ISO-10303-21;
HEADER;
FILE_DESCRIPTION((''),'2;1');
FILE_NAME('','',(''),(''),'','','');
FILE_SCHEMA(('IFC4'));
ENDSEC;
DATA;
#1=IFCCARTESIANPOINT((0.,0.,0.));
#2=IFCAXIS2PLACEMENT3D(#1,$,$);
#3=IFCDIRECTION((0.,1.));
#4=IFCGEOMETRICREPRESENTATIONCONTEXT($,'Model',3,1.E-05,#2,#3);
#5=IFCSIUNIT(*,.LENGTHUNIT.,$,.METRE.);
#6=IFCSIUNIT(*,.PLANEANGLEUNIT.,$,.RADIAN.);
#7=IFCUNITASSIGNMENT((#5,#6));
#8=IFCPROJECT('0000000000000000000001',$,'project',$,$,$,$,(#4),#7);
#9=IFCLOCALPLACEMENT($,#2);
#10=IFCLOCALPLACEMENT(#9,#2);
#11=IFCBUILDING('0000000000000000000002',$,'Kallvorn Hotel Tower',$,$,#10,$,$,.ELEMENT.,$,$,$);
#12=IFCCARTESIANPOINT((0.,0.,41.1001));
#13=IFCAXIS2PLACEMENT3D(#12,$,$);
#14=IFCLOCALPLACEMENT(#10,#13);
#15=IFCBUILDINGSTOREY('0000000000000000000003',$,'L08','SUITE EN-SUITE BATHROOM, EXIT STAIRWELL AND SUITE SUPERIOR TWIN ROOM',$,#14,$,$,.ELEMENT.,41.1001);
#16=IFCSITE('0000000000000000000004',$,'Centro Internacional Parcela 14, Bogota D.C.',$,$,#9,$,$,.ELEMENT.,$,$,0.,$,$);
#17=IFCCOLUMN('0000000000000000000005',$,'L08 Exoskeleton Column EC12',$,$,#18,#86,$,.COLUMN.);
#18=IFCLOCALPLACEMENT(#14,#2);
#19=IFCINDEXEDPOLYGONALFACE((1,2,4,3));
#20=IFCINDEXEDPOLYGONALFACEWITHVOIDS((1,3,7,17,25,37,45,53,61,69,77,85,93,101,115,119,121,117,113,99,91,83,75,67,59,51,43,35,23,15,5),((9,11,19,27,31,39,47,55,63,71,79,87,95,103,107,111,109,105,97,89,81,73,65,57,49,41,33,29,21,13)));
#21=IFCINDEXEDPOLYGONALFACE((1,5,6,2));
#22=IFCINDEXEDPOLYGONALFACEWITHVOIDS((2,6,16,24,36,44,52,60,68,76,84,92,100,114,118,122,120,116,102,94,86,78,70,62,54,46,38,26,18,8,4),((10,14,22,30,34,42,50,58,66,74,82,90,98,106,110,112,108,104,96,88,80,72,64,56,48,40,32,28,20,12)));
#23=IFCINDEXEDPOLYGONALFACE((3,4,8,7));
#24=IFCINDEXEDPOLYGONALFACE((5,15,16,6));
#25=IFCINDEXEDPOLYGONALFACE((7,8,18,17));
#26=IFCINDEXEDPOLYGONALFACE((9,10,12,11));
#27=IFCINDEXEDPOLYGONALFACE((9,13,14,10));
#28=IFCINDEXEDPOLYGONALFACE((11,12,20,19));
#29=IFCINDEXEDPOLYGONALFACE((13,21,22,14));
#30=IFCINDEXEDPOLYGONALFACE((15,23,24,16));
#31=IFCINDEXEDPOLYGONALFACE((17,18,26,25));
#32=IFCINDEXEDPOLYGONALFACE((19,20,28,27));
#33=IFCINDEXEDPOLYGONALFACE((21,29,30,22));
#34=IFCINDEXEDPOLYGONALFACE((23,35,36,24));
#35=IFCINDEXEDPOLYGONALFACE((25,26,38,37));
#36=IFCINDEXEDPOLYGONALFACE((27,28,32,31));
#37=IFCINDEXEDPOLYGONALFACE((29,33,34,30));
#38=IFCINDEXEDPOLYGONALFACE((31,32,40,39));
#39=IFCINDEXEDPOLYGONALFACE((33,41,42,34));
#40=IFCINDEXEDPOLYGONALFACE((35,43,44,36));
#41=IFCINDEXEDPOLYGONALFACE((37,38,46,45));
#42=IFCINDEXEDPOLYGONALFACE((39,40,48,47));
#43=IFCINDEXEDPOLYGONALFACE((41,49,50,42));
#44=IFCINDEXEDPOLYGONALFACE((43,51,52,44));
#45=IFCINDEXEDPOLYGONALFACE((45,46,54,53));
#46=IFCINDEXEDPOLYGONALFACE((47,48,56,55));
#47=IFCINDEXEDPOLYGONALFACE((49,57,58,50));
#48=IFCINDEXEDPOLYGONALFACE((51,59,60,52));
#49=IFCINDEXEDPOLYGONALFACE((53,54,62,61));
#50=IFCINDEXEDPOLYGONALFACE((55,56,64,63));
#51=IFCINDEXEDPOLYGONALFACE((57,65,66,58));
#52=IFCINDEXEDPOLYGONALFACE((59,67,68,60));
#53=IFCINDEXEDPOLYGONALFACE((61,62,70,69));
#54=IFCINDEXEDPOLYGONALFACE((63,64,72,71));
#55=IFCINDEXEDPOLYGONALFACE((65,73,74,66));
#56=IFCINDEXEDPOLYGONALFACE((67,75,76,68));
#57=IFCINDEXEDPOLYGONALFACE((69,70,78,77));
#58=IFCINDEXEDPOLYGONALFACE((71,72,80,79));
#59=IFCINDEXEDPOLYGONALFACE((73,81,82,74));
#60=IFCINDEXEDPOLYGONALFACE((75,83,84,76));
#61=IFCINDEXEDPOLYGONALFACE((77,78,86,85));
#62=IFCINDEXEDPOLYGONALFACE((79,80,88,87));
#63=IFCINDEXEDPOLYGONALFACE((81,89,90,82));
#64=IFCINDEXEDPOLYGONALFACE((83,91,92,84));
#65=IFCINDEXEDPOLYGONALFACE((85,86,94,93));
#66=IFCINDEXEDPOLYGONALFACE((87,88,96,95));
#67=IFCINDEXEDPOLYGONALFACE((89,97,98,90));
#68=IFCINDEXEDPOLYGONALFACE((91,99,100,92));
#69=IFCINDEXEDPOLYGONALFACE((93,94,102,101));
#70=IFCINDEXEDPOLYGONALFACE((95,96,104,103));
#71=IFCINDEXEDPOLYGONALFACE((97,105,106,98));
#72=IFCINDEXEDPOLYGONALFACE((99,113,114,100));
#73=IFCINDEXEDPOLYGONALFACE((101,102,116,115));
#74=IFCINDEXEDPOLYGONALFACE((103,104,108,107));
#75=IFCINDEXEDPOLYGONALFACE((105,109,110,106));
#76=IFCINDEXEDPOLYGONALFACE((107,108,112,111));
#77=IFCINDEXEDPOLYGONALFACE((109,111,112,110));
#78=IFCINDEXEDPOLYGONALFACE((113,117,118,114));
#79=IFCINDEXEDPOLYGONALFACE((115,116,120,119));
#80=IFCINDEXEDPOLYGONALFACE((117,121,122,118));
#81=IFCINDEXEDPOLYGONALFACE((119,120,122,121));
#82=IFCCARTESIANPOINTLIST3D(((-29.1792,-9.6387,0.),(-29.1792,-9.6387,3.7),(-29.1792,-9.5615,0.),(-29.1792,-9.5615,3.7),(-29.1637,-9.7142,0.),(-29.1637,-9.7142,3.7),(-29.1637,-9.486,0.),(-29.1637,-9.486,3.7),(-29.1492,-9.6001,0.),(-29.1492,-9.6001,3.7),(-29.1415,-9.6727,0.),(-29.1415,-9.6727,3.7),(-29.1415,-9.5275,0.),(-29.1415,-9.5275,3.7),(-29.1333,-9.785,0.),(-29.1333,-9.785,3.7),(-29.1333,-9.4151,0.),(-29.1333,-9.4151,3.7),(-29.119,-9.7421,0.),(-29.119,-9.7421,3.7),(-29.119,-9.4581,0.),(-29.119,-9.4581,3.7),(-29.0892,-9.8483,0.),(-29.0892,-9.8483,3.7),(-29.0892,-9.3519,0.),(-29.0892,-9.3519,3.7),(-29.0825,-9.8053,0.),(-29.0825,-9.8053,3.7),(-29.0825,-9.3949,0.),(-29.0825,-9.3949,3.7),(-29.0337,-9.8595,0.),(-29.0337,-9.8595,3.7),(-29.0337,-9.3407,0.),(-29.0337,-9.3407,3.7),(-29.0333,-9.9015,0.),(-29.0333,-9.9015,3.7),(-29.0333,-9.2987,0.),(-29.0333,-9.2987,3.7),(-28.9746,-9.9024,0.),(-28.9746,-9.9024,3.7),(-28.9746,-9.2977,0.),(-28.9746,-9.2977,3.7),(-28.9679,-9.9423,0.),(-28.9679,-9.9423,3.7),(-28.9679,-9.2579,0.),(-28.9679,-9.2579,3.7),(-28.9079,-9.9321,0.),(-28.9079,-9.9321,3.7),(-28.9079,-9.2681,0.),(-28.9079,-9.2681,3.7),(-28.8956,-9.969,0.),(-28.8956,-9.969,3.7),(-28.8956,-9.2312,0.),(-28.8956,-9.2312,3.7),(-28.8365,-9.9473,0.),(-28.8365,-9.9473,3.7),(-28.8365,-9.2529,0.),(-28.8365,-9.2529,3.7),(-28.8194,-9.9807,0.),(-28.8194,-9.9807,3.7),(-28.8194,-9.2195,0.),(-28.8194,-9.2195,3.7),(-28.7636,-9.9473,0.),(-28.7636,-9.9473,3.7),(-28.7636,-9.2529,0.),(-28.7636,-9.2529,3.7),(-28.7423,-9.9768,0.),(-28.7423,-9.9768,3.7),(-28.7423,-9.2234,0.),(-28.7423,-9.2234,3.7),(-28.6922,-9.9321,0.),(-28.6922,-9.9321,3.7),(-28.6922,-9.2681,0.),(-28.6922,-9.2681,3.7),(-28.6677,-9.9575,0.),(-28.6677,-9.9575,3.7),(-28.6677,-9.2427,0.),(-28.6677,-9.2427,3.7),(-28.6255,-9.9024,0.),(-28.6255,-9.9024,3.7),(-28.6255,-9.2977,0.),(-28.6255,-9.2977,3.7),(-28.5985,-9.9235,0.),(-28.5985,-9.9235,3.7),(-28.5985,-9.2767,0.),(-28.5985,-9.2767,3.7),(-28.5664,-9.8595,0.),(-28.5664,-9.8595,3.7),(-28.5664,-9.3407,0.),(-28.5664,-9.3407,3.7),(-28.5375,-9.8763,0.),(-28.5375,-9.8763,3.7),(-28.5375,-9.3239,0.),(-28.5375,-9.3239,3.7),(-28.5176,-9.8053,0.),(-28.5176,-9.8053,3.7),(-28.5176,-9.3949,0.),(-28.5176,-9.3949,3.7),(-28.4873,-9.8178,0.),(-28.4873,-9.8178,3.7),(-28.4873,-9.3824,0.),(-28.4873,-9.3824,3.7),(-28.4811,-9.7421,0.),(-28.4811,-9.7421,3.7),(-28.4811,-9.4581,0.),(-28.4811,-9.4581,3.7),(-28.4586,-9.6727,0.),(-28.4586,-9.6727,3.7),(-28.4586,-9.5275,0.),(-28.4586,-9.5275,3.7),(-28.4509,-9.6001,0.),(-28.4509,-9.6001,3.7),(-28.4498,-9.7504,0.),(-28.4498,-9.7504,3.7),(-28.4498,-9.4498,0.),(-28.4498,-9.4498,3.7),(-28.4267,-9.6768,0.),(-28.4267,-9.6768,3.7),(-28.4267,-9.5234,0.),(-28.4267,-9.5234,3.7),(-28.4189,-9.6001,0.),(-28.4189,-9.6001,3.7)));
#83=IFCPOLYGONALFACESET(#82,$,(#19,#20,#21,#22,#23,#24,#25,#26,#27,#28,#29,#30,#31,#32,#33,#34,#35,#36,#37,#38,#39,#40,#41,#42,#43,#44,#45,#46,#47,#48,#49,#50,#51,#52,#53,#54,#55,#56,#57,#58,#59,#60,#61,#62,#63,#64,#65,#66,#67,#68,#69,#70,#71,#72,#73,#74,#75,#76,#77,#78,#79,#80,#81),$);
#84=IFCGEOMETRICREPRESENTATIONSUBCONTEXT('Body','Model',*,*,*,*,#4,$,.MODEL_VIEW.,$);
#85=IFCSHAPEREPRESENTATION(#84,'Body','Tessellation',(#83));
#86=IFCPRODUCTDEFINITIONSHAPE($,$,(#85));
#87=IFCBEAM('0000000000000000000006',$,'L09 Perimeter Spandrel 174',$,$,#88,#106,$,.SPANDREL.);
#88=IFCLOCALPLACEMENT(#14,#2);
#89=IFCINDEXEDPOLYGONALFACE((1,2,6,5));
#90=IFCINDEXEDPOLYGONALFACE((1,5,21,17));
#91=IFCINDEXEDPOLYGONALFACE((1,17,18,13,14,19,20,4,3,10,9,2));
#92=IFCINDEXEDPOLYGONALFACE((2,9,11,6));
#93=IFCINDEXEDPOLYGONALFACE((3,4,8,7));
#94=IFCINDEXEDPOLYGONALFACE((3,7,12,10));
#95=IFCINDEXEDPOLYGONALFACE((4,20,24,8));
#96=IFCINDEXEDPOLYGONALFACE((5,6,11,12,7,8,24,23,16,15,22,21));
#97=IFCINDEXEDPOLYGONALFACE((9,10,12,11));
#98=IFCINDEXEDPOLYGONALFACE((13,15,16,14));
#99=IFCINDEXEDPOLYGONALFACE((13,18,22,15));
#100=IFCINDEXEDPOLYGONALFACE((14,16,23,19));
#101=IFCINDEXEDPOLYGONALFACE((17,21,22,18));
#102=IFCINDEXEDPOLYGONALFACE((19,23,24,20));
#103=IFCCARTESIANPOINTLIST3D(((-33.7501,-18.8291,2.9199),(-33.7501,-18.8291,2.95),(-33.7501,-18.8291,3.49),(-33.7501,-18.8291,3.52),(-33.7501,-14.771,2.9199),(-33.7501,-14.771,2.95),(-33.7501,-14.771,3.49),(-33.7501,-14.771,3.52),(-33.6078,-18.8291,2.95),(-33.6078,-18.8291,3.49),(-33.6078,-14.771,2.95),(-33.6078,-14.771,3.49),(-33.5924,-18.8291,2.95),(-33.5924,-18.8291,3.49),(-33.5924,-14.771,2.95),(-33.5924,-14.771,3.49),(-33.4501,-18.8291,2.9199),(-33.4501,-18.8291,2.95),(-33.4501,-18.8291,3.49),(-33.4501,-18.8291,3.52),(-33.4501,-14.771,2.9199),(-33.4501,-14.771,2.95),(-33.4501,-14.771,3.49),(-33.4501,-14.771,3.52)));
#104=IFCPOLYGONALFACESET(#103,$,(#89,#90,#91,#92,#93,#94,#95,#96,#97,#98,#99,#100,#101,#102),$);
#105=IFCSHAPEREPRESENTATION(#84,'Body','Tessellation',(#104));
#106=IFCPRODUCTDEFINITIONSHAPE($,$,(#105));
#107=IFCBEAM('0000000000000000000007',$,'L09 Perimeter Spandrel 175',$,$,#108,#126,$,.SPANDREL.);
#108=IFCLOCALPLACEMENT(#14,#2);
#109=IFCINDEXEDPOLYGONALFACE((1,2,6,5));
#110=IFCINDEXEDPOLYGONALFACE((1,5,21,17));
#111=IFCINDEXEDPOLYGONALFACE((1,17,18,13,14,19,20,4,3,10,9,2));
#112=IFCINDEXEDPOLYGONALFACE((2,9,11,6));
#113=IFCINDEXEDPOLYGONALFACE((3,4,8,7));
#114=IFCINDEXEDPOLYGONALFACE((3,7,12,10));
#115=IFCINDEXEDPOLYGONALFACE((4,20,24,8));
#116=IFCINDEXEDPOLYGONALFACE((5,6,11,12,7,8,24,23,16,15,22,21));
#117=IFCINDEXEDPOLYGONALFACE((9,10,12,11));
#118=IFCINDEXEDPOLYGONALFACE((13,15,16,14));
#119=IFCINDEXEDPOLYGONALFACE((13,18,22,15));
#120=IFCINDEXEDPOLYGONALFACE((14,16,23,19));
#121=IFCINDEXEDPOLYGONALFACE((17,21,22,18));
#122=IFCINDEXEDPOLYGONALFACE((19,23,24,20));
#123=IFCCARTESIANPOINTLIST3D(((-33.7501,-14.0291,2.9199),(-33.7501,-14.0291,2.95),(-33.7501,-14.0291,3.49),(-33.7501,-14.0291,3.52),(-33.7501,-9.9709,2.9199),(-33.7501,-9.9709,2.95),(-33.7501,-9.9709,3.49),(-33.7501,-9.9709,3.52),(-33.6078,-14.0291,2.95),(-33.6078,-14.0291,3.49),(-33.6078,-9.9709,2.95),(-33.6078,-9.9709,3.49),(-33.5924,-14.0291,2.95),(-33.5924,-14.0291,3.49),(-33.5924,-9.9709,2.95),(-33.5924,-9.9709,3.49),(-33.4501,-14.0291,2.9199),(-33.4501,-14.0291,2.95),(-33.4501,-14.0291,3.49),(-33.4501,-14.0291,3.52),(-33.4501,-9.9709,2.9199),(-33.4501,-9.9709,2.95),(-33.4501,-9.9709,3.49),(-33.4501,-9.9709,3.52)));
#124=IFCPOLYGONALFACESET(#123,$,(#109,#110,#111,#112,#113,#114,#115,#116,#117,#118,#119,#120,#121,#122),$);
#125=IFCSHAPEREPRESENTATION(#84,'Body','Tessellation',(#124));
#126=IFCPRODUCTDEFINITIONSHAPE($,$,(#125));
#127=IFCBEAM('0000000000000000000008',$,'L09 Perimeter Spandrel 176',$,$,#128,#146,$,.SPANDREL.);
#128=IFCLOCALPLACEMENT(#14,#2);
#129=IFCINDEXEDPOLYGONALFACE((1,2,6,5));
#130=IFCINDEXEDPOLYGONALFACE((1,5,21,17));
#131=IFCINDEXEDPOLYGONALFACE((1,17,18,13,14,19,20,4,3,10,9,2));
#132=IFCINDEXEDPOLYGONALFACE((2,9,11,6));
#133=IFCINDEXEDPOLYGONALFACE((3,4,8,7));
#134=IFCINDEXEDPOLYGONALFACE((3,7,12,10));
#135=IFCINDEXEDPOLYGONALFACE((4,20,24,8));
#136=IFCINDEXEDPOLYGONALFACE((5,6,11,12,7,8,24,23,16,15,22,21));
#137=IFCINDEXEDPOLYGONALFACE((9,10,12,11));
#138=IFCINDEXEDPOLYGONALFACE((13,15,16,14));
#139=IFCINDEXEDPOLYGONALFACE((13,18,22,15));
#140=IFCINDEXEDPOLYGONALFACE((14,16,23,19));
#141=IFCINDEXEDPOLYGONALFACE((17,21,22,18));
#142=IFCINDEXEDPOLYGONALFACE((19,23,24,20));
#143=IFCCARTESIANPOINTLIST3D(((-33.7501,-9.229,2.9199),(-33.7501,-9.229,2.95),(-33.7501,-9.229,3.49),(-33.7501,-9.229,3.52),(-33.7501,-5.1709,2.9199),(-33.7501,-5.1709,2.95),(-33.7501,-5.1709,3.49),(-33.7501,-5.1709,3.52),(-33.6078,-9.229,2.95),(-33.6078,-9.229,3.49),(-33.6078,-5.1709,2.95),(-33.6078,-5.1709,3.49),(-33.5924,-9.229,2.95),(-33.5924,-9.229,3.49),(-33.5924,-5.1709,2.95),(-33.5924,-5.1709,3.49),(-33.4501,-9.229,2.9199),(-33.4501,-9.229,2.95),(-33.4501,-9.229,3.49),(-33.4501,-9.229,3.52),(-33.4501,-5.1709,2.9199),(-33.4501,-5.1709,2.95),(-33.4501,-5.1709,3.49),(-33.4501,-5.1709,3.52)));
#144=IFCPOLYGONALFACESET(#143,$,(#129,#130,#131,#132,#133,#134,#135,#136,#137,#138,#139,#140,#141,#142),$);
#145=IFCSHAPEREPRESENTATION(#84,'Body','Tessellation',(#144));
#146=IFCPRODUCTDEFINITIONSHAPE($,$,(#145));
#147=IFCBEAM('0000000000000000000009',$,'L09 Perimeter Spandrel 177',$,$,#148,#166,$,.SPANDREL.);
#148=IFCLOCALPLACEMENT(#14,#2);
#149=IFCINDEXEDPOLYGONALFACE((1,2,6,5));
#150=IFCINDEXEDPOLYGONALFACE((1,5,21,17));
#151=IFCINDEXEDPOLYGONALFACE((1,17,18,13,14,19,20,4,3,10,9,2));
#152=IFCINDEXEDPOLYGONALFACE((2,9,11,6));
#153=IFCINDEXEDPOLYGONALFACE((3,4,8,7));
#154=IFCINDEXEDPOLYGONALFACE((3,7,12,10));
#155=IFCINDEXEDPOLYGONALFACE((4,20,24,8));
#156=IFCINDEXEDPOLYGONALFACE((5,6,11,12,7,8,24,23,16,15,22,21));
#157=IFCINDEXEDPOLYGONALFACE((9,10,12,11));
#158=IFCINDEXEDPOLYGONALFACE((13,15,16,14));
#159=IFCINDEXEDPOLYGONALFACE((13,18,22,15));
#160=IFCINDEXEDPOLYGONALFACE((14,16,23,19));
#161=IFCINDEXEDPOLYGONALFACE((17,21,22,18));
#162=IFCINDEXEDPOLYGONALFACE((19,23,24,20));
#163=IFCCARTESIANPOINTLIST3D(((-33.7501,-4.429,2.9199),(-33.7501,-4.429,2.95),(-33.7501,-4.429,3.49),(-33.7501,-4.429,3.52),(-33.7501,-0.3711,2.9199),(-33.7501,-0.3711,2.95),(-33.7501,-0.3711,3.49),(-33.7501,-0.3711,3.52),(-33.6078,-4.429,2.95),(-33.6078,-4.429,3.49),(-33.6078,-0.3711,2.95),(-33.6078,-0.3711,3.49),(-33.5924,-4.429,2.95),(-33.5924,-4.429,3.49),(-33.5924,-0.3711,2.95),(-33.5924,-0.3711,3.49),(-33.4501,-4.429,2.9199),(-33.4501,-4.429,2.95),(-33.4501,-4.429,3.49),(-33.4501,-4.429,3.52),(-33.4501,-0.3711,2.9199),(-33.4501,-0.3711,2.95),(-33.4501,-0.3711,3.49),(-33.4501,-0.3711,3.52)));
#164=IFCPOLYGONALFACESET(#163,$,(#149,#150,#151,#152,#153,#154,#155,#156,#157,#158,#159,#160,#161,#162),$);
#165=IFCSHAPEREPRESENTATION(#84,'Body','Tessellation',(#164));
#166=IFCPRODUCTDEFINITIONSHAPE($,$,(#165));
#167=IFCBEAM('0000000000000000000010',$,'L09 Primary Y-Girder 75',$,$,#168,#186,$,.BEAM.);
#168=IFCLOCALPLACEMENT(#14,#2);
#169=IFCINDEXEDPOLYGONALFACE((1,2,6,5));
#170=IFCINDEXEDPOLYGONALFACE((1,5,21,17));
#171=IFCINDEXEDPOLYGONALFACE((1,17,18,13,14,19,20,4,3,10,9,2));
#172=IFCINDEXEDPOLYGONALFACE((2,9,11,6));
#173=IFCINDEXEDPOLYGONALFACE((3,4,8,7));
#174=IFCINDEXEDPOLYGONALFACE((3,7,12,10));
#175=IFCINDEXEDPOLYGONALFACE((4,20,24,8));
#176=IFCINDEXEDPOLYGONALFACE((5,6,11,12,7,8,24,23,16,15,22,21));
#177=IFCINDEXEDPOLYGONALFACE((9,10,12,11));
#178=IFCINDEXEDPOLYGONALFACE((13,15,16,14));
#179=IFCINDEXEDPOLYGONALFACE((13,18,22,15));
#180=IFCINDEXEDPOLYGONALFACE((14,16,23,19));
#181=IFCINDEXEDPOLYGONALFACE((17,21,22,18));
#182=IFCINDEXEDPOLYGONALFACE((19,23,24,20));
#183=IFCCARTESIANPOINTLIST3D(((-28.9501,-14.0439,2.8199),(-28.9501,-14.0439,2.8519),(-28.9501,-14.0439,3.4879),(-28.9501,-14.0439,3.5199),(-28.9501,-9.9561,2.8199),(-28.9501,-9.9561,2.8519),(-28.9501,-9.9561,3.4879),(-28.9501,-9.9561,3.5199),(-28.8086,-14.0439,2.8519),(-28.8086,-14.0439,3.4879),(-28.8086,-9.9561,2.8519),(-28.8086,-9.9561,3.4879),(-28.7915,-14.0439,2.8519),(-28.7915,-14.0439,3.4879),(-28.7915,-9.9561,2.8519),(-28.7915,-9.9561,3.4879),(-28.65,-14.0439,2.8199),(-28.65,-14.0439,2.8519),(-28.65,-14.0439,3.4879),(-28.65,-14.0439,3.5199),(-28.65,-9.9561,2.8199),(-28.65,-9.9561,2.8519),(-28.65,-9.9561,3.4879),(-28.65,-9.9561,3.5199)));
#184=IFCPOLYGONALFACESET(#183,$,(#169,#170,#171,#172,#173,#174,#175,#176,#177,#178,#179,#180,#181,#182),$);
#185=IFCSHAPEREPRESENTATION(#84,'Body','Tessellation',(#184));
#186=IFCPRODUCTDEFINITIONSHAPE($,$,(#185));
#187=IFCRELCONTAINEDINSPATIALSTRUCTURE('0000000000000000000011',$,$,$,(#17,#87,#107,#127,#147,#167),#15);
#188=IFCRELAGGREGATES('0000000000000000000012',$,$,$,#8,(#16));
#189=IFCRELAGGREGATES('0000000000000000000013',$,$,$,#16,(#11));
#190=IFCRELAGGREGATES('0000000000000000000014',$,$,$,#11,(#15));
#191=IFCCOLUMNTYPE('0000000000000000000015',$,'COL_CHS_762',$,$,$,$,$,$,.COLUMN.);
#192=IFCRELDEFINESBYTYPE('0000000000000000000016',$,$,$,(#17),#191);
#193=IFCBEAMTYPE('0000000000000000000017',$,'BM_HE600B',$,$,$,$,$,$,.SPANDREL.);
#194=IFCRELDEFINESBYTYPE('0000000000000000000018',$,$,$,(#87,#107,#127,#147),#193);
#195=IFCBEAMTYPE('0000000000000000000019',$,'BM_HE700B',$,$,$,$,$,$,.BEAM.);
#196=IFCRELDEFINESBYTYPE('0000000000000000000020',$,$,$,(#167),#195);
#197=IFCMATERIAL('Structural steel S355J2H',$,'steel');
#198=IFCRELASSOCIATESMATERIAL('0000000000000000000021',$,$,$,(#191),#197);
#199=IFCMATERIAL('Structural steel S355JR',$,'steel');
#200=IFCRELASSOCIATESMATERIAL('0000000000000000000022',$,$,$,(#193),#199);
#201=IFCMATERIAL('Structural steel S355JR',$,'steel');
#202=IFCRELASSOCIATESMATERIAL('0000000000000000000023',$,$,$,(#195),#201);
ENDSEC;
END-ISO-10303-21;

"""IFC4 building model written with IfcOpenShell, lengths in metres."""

from ifc_helpers import new_model, si_unit, direction, frame, origin, origin_2d, place, context, subcontext, project, spatial, hollow_circle, i_section, extrude, material, material_profile, profile_set, type_object, element, save


model = new_model("IFC4")

# Units and contexts
model_context = context("Model", 3, precision=1e-05, world=origin(), true_north=direction((0.0, 1.0)))
body_context = subcontext(model_context, "Body", "Model", "MODEL_VIEW")
ifc_project = project(units=[si_unit("LENGTHUNIT", "METRE"), si_unit("PLANEANGLEUNIT", "RADIAN")], contexts=[model_context])

# Site, building, storey
site_placement = place(None, origin())
site = spatial("IfcSite", under=ifc_project, at=site_placement, Name="Centro Internacional Parcela 14, Bogota D.C.", CompositionType="ELEMENT", RefElevation=0.0)
building_placement = place(site_placement, origin())
building = spatial("IfcBuilding", under=site, at=building_placement, Name="Kallvorn Hotel Tower", CompositionType="ELEMENT")
storey_placement = place(building_placement, frame((0.0, 0.0, 41.1001)))
storey = spatial("IfcBuildingStorey", under=building, at=storey_placement, Name="L08", Description="SUITE EN-SUITE BATHROOM, EXIT STAIRWELL AND SUITE SUPERIOR TWIN ROOM", CompositionType="ELEMENT", Elevation=41.1001)

# Column
ifc_material_1 = material(Name="Structural steel S355J2H", Category="steel")
ifc_material_profile_1 = material_profile(ifc_material_1, hollow_circle(Radius=0.3811, WallThickness=0.032, at=origin_2d()), Name="CHS 762x32")
ifc_profile_set_1 = profile_set([ifc_material_profile_1], Name="Structural steel S355J2H")
column_type = type_object("IfcColumnType", Name="COL_CHS_762", PredefinedType="COLUMN", material=ifc_profile_set_1)
for number, where, z_axis, x_axis, name in (
    (1, (-28.8, -9.6001, 0.0), (0.0, 0.0, 1.0), (1.0, 0.0, 0.0), "L08 Exoskeleton Column EC12"),
):
    element("IfcColumn", number, at=place(storey_placement, frame(where, z_axis=z_axis, x_axis=x_axis)), inside=storey, type_object=column_type, Name=name, PredefinedType="COLUMN", context=body_context, shape_type="SweptSolid", body=[
        extrude(hollow_circle(Radius=0.3811, WallThickness=0.032, at=origin_2d()), origin(), (0.0, 0.0, 1.0), 3.7),
    ])

# Beams
ifc_material_2 = material(Name="Structural steel S355JR", Category="steel")
ifc_material_profile_2 = material_profile(ifc_material_2, i_section(OverallWidth=0.3, OverallDepth=0.6001, WebThickness=0.0154, FlangeThickness=0.03, at=origin_2d()), Name="HE 600 B")
ifc_profile_set_2 = profile_set([ifc_material_profile_2], Name="Structural steel S355JR")
beam_type_1 = type_object("IfcBeamType", Name="BM_HE600B", PredefinedType="SPANDREL", material=ifc_profile_set_2)
for number, where, z_axis, x_axis, name in (
    (2, (-33.6001, -18.8291, 3.22), (0.0, 1.0, 0.0), (-1.0, 0.0, 0.0), "L09 Perimeter Spandrel 174"),
    (3, (-33.6001, -14.0291, 3.22), (0.0, 1.0, 0.0), (-1.0, 0.0, 0.0), "L09 Perimeter Spandrel 175"),
    (4, (-33.6001, -9.229, 3.22), (0.0, 1.0, 0.0), (-1.0, 0.0, 0.0), "L09 Perimeter Spandrel 176"),
):
    element("IfcBeam", number, at=place(storey_placement, frame(where, z_axis=z_axis, x_axis=x_axis)), inside=storey, type_object=beam_type_1, Name=name, PredefinedType="SPANDREL", context=body_context, shape_type="SweptSolid", body=[
        extrude(i_section(OverallWidth=0.3, OverallDepth=0.6001, WebThickness=0.0154, FlangeThickness=0.03, at=origin_2d()), origin(), (0.0, 0.0, 1.0), 4.0581),
    ])
beam_placement = place(storey_placement, frame((-33.6001, -4.429, 3.22), z_axis=(0.0, 1.0, 0.0), x_axis=(-1.0, 0.0, 0.0)))
element("IfcBeam", 5, at=beam_placement, inside=storey, type_object=beam_type_1, Name="L09 Perimeter Spandrel 177", PredefinedType="SPANDREL", context=body_context, shape_type="SweptSolid", body=[
    extrude(i_section(OverallWidth=0.3, OverallDepth=0.6001, WebThickness=0.0154, FlangeThickness=0.03, at=origin_2d()), origin(), (0.0, 0.0, 1.0), 4.0579),
])
ifc_material_3 = material(Name="Structural steel S355JR", Category="steel")
ifc_material_profile_3 = material_profile(ifc_material_3, i_section(OverallWidth=0.3, OverallDepth=0.7, WebThickness=0.0171, FlangeThickness=0.032, at=origin_2d()), Name="HE 700 B")
ifc_profile_set_3 = profile_set([ifc_material_profile_3], Name="Structural steel S355JR")
beam_type_2 = type_object("IfcBeamType", Name="BM_HE700B", PredefinedType="BEAM", material=ifc_profile_set_3)
for number, where, z_axis, x_axis, name in (
    (6, (-28.8, -14.0439, 3.1699), (0.0, 1.0, 0.0), (-1.0, 0.0, 0.0), "L09 Primary Y-Girder 75"),
):
    element("IfcBeam", number, at=place(storey_placement, frame(where, z_axis=z_axis, x_axis=x_axis)), inside=storey, type_object=beam_type_2, Name=name, PredefinedType="BEAM", context=body_context, shape_type="SweptSolid", body=[
        extrude(i_section(OverallWidth=0.3, OverallDepth=0.7, WebThickness=0.0171, FlangeThickness=0.032, at=origin_2d()), origin(), (0.0, 0.0, 1.0), 4.0879),
    ])

save(model, "model.ifc")
